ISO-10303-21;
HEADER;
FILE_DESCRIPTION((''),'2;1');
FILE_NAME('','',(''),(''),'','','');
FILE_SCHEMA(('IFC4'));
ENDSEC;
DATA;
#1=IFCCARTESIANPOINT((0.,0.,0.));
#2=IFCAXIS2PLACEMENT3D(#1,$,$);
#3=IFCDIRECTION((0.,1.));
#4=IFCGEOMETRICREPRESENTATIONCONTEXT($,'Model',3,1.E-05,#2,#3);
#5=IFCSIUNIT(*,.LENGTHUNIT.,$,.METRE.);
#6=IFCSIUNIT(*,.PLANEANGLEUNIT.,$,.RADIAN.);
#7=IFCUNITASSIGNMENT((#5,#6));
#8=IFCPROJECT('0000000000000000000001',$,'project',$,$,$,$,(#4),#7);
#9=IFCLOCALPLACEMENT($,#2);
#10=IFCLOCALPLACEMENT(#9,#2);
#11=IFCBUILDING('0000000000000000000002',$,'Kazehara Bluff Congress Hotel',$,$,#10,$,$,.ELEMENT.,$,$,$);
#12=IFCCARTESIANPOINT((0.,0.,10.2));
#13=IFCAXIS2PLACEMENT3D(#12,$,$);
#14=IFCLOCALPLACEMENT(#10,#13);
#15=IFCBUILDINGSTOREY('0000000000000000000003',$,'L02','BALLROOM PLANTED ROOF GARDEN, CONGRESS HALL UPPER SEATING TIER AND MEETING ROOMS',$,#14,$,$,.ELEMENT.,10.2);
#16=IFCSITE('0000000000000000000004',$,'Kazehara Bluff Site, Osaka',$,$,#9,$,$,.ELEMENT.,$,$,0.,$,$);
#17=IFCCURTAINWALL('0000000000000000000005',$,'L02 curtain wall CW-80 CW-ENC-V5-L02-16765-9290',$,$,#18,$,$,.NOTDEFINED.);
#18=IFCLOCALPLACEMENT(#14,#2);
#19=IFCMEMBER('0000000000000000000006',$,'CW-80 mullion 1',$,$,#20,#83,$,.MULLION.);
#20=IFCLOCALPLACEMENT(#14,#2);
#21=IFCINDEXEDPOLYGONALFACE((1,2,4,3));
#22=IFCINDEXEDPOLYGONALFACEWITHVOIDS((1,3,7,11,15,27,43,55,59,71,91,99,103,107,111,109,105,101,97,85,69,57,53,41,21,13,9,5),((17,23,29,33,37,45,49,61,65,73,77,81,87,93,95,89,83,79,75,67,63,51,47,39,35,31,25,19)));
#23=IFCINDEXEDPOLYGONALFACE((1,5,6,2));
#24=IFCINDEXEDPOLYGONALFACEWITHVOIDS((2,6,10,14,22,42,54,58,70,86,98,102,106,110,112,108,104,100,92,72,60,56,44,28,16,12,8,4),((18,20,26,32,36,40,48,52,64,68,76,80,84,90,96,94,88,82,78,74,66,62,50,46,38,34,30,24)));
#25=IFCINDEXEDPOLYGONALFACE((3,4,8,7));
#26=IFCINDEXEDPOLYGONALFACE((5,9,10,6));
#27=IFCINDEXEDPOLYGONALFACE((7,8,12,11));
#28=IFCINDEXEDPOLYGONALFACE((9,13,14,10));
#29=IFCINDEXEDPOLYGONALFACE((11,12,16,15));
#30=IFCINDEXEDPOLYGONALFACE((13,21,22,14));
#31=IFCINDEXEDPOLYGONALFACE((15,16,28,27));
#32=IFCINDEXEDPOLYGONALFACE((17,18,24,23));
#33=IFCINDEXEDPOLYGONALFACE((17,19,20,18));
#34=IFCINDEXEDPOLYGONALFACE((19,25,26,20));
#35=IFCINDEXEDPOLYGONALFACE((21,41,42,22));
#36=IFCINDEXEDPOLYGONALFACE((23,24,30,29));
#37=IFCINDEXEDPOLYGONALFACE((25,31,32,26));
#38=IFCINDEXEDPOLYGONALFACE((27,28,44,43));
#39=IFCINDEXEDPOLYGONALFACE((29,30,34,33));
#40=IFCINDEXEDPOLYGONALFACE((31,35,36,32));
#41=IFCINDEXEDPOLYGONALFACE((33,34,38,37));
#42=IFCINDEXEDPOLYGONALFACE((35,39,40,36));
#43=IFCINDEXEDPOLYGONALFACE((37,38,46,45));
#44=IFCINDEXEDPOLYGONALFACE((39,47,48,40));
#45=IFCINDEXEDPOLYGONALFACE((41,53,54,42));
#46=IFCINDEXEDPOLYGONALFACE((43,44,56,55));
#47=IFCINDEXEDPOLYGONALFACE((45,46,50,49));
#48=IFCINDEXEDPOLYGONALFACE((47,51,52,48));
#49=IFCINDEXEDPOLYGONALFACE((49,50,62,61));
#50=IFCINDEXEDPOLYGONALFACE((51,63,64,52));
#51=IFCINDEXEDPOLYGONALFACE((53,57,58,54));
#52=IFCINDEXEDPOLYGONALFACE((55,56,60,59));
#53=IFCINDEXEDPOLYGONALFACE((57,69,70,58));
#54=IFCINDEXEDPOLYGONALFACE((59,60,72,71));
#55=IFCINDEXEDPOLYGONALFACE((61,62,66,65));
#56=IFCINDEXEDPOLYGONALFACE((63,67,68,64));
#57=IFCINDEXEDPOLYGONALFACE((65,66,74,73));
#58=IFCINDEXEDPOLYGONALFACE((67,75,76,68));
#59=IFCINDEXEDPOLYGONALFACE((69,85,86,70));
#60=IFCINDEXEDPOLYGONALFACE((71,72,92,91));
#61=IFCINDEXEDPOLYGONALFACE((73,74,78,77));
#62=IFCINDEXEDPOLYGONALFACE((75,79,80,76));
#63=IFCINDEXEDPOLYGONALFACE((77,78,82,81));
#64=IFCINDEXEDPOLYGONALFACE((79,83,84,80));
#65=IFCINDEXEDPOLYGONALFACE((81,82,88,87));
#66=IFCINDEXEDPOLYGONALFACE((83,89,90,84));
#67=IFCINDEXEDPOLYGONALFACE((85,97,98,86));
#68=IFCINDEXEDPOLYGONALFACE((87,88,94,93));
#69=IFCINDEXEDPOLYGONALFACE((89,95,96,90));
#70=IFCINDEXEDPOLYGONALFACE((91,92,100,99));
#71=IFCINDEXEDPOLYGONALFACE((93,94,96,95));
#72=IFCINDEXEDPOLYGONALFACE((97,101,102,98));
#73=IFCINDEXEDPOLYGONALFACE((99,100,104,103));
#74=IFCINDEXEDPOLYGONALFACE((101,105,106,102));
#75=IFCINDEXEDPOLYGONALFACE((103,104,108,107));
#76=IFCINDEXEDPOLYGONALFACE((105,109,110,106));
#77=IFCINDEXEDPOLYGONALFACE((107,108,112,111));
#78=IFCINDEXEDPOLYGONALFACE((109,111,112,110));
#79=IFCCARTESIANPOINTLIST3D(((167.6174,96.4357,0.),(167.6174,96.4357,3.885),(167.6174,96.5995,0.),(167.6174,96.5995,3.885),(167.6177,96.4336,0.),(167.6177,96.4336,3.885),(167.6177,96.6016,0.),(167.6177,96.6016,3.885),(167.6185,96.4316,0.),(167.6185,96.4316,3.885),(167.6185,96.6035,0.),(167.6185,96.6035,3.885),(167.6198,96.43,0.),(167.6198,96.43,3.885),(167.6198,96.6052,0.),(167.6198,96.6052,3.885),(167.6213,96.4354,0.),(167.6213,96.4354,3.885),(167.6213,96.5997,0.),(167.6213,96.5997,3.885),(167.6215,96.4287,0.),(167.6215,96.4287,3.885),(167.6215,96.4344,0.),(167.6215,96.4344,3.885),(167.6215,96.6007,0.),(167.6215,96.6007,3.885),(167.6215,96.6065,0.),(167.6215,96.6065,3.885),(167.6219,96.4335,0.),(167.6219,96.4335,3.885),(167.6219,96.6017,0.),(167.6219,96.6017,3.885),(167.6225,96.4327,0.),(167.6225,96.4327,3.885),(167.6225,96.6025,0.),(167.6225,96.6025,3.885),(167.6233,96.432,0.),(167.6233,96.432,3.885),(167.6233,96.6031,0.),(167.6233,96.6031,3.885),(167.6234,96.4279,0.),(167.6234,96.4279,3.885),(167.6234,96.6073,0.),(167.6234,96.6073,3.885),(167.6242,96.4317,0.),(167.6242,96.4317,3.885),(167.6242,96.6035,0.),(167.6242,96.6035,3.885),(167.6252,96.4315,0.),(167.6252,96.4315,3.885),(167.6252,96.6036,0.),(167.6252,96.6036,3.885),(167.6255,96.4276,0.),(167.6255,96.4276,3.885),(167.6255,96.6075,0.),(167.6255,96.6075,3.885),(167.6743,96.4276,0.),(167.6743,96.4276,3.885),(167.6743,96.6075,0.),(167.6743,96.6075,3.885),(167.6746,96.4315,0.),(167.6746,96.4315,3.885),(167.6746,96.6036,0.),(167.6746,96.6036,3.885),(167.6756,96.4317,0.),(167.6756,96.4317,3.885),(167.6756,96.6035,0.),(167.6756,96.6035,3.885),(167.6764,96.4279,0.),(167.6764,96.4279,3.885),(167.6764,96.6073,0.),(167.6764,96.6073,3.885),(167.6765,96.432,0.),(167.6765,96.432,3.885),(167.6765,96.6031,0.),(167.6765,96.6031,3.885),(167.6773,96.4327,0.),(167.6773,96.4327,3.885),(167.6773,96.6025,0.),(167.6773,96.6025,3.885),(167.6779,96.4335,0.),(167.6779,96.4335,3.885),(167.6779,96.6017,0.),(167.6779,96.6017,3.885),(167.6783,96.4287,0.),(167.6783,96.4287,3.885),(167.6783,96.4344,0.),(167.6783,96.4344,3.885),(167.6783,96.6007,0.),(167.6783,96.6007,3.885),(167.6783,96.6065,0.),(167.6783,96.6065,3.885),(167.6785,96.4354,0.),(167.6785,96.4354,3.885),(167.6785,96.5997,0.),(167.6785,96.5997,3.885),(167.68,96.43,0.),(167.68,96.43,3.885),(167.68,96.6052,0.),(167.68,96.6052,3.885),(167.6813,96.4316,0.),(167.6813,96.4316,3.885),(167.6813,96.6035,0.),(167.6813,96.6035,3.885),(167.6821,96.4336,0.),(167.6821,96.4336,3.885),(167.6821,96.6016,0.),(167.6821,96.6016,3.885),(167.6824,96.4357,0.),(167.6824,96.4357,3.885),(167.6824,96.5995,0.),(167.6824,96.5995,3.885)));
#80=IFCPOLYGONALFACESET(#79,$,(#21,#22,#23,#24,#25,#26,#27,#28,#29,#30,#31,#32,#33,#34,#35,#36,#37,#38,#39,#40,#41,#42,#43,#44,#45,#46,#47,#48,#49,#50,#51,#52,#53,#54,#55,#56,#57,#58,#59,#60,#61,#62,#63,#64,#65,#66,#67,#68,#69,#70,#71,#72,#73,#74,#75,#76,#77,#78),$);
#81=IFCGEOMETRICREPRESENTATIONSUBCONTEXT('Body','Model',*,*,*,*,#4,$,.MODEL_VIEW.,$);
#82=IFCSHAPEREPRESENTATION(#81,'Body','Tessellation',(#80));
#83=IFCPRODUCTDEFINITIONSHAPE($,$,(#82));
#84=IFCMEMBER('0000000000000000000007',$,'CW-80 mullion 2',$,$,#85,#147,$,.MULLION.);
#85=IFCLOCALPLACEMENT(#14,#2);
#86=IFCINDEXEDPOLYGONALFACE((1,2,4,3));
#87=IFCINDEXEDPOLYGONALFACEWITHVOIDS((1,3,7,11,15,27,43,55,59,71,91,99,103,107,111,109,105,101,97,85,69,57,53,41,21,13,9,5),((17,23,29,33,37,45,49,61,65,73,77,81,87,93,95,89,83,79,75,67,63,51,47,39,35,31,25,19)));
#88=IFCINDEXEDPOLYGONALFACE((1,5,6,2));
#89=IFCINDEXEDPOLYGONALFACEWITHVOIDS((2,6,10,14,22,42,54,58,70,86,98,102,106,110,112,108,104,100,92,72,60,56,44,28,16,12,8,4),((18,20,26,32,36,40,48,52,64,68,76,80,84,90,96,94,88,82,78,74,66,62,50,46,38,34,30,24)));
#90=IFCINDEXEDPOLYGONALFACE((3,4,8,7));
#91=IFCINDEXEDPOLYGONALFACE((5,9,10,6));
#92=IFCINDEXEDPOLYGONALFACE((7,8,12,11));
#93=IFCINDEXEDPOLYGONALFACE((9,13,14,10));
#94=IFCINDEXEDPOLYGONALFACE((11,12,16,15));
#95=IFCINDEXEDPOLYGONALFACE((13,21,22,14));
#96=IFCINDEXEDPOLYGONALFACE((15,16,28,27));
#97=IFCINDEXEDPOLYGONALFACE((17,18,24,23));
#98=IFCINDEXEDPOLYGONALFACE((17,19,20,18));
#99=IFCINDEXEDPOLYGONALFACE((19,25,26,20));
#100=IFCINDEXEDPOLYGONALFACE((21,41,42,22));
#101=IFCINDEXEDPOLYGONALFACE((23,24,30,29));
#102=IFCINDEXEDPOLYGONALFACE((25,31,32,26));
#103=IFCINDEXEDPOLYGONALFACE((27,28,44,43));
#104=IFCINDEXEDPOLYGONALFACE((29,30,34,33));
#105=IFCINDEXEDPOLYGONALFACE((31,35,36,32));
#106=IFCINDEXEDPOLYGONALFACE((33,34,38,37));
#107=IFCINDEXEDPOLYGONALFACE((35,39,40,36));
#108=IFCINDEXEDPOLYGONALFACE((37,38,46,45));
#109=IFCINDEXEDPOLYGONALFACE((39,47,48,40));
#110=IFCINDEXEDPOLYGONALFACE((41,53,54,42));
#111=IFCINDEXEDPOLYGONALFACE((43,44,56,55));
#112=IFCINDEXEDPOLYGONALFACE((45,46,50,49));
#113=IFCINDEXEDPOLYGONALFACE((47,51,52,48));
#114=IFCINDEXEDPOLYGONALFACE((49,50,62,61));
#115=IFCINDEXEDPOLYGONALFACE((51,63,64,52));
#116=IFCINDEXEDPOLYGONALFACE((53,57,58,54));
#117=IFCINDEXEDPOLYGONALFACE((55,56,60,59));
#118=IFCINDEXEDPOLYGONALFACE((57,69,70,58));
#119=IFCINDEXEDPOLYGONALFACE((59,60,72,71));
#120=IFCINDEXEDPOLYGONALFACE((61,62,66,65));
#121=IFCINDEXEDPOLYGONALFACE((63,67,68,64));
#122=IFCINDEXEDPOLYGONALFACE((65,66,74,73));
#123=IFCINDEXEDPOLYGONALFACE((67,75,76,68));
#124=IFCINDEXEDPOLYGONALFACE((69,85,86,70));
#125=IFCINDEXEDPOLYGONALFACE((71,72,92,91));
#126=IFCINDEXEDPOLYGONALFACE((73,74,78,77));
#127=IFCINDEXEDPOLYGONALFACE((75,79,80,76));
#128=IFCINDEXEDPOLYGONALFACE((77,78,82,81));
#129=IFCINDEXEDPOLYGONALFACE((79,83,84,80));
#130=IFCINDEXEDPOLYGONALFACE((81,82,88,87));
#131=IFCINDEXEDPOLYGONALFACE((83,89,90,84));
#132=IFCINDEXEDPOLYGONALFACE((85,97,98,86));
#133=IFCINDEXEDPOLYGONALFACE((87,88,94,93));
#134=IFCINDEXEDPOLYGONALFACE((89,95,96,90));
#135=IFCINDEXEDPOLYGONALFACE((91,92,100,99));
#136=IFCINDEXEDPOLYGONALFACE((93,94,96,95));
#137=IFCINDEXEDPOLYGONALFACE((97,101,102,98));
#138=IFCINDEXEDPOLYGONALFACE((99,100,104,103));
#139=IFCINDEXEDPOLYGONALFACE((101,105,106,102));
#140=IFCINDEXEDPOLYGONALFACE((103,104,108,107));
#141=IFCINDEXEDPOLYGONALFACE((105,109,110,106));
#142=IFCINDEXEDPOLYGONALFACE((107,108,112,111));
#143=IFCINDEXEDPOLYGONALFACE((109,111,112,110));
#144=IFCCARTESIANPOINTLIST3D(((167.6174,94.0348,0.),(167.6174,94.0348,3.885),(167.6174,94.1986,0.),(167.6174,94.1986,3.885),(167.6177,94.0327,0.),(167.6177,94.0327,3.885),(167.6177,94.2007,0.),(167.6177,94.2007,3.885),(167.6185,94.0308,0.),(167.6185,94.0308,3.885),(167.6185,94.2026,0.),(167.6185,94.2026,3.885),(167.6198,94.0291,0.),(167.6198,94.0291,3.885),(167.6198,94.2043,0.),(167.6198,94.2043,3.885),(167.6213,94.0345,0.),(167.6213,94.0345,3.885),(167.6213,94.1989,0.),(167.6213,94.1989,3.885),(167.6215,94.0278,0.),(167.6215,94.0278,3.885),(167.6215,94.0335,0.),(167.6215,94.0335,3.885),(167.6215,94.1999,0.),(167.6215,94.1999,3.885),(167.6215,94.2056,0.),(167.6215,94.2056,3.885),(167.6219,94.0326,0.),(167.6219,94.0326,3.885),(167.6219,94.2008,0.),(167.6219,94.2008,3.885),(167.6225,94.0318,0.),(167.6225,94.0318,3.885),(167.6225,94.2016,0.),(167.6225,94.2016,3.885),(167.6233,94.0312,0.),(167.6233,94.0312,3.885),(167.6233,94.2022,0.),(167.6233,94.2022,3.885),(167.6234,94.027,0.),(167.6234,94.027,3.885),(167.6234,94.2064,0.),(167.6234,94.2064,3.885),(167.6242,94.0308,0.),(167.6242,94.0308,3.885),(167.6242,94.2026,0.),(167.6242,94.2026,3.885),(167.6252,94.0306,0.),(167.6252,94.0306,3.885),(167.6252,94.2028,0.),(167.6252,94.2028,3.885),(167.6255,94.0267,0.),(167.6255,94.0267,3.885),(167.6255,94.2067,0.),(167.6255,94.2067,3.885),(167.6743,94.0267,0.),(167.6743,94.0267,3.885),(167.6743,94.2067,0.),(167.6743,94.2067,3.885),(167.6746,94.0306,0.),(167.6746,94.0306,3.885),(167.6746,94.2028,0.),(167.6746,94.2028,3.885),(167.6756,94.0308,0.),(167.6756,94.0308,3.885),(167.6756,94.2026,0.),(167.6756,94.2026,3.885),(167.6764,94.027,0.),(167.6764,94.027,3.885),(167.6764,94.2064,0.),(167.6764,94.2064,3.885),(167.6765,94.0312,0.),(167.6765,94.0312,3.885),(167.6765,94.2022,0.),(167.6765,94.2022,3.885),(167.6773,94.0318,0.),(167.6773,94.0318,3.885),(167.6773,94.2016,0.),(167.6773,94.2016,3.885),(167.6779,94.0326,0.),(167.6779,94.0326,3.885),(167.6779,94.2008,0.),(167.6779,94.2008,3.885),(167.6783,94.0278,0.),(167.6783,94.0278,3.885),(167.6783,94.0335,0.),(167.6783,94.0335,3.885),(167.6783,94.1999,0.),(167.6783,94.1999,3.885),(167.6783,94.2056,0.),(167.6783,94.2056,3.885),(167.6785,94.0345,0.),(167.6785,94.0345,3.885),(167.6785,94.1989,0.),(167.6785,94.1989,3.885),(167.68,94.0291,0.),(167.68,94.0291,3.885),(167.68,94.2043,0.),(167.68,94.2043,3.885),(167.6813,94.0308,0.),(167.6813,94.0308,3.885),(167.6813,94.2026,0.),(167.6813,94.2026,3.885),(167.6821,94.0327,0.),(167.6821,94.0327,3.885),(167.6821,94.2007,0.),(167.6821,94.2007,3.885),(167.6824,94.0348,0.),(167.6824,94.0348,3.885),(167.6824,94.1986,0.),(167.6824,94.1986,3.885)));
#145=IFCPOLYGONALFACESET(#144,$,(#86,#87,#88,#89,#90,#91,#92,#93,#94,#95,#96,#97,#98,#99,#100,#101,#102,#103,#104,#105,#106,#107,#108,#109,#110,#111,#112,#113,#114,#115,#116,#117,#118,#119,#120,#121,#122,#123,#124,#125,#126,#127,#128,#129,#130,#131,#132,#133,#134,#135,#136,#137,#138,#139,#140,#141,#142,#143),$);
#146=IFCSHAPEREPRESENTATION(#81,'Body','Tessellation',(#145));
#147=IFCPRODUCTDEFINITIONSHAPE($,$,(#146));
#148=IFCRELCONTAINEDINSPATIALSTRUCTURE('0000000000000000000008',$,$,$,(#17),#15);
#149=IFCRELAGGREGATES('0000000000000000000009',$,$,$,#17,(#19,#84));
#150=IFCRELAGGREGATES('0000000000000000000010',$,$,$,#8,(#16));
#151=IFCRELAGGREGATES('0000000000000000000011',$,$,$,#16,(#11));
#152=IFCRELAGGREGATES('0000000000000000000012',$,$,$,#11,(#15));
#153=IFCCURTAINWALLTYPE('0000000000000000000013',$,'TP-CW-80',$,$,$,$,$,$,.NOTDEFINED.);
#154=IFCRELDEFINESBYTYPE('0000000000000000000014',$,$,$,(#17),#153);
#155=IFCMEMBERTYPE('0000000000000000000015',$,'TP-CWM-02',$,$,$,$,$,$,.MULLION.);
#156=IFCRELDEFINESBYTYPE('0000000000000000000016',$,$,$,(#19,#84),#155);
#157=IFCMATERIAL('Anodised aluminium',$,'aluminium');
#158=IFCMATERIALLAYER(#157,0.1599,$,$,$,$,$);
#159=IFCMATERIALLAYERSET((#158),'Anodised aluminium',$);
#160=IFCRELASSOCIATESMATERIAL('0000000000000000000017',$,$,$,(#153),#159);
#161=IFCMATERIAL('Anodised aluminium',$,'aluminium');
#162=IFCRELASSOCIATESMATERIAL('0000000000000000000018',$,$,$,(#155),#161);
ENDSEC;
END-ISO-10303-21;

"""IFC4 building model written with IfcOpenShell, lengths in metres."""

from ifc_helpers import new_model, si_unit, direction, frame, origin, origin_2d, place, context, subcontext, project, spatial, hollow_rectangle, extrude, material, layer, layer_set, material_profile, profile_set, type_object, element, aggregate, save


model = new_model("IFC4")

# Units and contexts
model_context = context("Model", 3, precision=1e-05, world=origin(), true_north=direction((0.0, 1.0)))
body_context = subcontext(model_context, "Body", "Model", "MODEL_VIEW")
ifc_project = project(units=[si_unit("LENGTHUNIT", "METRE"), si_unit("PLANEANGLEUNIT", "RADIAN")], contexts=[model_context])

# Site, building, storey
site_placement = place(None, origin())
site = spatial("IfcSite", under=ifc_project, at=site_placement, Name="Kazehara Bluff Site, Osaka", CompositionType="ELEMENT", RefElevation=0.0)
building_placement = place(site_placement, origin())
building = spatial("IfcBuilding", under=site, at=building_placement, Name="Kazehara Bluff Congress Hotel", CompositionType="ELEMENT")
storey_placement = place(building_placement, frame((0.0, 0.0, 10.2)))
storey = spatial("IfcBuildingStorey", under=building, at=storey_placement, Name="L02", Description="BALLROOM PLANTED ROOF GARDEN, CONGRESS HALL UPPER SEATING TIER AND MEETING ROOMS", CompositionType="ELEMENT", Elevation=10.2)

# Curtain wall, members
ifc_material_1 = material(Name="Anodised aluminium", Category="aluminium")
ifc_layer_1 = layer(ifc_material_1, 0.1599)
ifc_layer_set_1 = layer_set([ifc_layer_1], Name="Anodised aluminium")
curtain_wall_type_1 = type_object("IfcCurtainWallType", Name="TP-CW-80", PredefinedType="NOTDEFINED", material=ifc_layer_set_1)
curtain_wall_1_placement = place(storey_placement, origin())
curtain_wall_1 = element("IfcCurtainWall", 1, at=curtain_wall_1_placement, inside=storey, type_object=curtain_wall_type_1, Name="L02 curtain wall CW-80 CW-ENC-V5-L02-16765-9290", PredefinedType="NOTDEFINED")
ifc_material_2 = material(Name="Anodised aluminium", Category="aluminium")
ifc_material_profile_1 = material_profile(ifc_material_2, hollow_rectangle(XDim=0.0649, YDim=0.1799, WallThickness=0.0039, InnerFilletRadius=0.0039, OuterFilletRadius=0.0081, at=origin_2d()))
ifc_profile_set_1 = profile_set([ifc_material_profile_1], Name="Anodised aluminium")
member_type_1 = type_object("IfcMemberType", Name="TP-CWM-02", PredefinedType="MULLION", material=ifc_profile_set_1)
member_1_placement = place(storey_placement, frame((167.6499, 96.5176, 0.0), z_axis=(0.0, 0.0, 1.0), x_axis=(1.0, 0.0, 0.0)))
member_1 = element("IfcMember", 2, at=member_1_placement, type_object=member_type_1, Name="CW-80 mullion 1", PredefinedType="MULLION", context=body_context, shape_type="SweptSolid", body=[
    extrude(hollow_rectangle(XDim=0.0649, YDim=0.1799, WallThickness=0.0039, InnerFilletRadius=0.0039, OuterFilletRadius=0.0081, at=origin_2d()), origin(), (0.0, 0.0, 1.0), 3.885),
])
member_2_placement = place(storey_placement, frame((167.6499, 94.1167, 0.0), z_axis=(0.0, 0.0, 1.0), x_axis=(1.0, 0.0, 0.0)))
member_2 = element("IfcMember", 3, at=member_2_placement, type_object=member_type_1, Name="CW-80 mullion 2", PredefinedType="MULLION", context=body_context, shape_type="SweptSolid", body=[
    extrude(hollow_rectangle(XDim=0.0649, YDim=0.1799, WallThickness=0.0039, InnerFilletRadius=0.0039, OuterFilletRadius=0.0081, at=origin_2d()), origin(), (0.0, 0.0, 1.0), 3.885),
])

aggregate(curtain_wall_1, [member_1, member_2])

save(model, "model.ifc")
